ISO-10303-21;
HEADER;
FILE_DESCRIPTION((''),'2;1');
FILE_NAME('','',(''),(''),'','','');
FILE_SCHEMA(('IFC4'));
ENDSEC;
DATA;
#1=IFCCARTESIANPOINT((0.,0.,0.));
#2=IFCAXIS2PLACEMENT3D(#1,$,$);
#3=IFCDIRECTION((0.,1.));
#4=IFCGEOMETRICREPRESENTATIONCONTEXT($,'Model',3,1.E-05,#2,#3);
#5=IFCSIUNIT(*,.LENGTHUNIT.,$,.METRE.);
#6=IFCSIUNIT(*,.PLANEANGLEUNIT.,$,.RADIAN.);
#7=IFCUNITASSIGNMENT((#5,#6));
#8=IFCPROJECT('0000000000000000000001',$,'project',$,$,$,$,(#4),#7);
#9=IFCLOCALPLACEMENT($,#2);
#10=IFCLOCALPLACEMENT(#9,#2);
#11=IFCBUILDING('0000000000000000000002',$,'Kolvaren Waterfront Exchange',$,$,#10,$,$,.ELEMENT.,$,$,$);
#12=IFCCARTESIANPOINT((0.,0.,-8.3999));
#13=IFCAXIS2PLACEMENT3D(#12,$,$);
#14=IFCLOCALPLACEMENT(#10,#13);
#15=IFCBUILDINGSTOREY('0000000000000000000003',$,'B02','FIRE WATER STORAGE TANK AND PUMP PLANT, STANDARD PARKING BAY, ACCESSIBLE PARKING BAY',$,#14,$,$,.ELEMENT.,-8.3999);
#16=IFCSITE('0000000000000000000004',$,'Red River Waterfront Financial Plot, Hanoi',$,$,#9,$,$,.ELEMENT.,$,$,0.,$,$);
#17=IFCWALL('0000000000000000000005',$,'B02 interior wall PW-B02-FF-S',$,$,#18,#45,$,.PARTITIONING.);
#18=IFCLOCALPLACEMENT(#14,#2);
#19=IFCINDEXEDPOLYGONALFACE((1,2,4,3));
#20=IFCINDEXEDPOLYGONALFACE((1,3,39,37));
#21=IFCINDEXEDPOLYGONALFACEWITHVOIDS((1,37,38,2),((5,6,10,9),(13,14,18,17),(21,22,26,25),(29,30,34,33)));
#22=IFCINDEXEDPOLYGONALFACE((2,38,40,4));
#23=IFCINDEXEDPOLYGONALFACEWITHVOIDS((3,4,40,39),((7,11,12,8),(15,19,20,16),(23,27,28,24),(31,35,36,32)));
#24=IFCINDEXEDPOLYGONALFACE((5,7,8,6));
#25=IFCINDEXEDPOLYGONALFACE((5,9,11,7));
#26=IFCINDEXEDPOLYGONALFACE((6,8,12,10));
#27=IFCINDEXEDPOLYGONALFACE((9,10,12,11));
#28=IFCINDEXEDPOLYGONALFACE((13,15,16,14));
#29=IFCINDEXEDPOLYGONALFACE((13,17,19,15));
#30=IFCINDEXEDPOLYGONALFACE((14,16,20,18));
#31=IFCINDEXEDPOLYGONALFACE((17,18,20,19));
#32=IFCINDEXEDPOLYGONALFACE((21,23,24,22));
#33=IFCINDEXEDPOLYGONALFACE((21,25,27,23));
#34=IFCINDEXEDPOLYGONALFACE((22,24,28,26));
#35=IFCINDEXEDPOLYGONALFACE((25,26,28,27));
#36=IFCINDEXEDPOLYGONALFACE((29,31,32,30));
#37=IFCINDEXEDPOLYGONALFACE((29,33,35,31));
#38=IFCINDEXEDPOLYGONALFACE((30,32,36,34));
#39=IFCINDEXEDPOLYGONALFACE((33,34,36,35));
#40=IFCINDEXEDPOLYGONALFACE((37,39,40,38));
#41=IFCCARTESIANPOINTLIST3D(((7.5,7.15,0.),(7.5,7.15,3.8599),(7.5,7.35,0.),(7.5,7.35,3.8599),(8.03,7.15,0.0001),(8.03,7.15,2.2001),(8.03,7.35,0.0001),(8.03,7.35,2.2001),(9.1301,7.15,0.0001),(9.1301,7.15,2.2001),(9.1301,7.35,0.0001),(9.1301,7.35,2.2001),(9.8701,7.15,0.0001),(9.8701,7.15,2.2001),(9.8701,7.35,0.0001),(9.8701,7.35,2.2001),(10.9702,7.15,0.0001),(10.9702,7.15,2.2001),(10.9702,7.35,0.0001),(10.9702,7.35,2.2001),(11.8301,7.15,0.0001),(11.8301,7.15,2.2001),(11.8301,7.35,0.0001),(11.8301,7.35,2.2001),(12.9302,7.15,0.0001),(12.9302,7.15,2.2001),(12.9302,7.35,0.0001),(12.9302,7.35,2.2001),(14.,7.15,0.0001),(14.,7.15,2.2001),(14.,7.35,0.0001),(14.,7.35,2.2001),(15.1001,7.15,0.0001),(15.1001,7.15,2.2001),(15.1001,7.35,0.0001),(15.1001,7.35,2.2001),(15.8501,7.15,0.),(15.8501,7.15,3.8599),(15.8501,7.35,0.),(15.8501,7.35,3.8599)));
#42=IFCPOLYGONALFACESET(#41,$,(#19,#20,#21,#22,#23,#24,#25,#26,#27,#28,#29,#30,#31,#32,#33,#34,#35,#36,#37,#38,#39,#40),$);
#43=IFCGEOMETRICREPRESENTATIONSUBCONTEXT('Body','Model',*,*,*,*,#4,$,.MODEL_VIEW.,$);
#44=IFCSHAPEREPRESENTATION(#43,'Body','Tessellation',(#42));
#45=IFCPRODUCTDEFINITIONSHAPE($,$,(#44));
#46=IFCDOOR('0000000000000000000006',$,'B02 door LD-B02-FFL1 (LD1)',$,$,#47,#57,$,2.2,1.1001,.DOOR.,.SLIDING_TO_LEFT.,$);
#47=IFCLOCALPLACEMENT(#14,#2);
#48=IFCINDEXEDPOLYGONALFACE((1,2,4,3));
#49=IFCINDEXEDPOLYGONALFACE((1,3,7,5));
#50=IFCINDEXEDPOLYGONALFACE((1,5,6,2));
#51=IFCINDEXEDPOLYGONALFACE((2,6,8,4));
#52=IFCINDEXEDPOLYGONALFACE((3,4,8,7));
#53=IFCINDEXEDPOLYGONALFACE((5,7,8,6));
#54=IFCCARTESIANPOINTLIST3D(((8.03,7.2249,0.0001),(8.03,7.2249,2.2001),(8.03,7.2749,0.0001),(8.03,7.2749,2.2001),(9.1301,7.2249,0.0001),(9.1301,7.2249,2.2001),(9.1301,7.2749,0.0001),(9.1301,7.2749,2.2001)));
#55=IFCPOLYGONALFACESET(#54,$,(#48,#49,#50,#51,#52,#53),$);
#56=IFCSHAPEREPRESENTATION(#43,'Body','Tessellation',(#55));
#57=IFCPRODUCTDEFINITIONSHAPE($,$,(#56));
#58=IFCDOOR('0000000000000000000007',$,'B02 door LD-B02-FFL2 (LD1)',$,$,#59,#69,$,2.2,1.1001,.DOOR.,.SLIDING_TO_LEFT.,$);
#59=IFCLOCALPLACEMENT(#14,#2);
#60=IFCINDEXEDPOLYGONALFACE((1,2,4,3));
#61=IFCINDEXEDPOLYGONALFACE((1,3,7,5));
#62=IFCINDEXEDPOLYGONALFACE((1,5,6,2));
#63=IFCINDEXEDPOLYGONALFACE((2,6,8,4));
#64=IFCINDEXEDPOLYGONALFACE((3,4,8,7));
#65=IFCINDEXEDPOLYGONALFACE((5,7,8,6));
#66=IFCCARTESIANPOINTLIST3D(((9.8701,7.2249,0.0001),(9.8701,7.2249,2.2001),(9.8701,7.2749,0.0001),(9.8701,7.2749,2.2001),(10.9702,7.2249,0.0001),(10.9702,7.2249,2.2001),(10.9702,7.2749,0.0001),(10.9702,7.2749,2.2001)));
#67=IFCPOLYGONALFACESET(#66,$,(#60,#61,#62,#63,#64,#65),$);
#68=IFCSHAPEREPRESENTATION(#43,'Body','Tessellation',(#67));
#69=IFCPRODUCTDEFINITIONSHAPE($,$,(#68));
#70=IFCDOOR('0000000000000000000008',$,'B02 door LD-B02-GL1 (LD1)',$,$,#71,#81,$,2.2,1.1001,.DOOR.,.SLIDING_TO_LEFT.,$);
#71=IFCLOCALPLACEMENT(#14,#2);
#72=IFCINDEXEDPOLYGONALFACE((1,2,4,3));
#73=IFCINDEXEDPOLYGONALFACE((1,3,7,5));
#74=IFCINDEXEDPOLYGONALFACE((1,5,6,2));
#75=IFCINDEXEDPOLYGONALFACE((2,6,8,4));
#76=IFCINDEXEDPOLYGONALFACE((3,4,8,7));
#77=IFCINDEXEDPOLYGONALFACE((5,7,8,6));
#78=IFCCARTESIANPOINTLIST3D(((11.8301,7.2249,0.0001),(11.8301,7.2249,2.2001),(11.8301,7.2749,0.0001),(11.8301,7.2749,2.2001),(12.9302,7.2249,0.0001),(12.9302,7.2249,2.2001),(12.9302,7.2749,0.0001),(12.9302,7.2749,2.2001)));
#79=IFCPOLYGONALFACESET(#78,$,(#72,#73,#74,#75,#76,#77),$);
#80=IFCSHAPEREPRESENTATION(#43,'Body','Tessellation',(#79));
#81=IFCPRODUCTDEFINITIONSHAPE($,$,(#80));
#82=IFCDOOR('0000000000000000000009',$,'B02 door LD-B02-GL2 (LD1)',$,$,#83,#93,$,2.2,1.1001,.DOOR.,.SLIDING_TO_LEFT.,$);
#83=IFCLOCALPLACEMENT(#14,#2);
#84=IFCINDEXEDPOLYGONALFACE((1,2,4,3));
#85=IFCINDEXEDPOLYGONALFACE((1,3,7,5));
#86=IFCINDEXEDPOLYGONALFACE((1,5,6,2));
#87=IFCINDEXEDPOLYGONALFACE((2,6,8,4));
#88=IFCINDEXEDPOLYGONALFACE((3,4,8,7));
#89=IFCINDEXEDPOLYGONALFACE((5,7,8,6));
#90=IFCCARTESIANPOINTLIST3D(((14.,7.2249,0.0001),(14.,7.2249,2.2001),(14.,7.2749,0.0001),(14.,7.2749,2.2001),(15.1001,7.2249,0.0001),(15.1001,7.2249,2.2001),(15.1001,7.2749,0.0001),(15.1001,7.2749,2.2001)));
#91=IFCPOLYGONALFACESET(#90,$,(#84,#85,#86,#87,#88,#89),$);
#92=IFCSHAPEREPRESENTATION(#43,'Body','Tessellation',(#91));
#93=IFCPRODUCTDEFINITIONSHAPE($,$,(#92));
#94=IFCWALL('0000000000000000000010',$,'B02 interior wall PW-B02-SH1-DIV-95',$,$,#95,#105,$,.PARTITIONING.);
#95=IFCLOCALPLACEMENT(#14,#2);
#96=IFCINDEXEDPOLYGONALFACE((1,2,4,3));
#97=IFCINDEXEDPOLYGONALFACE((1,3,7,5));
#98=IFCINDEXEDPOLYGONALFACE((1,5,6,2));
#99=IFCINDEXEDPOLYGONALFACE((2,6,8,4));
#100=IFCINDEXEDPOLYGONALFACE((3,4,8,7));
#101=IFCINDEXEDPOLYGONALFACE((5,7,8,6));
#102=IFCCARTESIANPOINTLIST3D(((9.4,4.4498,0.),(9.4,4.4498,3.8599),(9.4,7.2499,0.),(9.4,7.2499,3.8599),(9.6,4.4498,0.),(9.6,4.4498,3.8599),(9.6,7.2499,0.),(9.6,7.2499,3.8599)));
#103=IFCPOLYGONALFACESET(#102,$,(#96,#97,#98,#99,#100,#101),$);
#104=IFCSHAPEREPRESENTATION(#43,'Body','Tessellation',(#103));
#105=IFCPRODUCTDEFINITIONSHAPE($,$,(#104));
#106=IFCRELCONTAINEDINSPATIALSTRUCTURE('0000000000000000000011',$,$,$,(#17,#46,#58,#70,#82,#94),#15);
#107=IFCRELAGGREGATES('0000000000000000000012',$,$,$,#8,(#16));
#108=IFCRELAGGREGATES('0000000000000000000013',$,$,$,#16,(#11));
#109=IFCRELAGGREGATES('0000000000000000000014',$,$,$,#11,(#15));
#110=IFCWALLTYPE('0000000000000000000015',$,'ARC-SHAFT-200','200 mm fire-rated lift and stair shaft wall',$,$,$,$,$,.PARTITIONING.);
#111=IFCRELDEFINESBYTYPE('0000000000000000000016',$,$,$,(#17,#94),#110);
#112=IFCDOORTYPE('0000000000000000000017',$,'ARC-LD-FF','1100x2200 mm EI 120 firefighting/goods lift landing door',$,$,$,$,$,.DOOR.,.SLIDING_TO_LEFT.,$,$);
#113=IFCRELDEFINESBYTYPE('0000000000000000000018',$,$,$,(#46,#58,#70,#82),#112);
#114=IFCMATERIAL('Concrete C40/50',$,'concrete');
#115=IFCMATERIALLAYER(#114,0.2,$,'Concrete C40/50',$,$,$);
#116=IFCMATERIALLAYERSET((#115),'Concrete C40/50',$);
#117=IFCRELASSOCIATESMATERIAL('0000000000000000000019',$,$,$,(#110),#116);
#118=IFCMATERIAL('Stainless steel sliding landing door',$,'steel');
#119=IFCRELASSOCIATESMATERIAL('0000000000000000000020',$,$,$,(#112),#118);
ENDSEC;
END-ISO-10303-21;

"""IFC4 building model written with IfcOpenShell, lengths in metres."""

from ifc_helpers import new_model, si_unit, direction, frame, frame_2d, origin, place, context, subcontext, project, spatial, rectangle, extrude, material, layer, layer_set, type_object, element, fill, save


model = new_model("IFC4")

# Units and contexts
model_context = context("Model", 3, precision=1e-05, world=origin(), true_north=direction((0.0, 1.0)))
body_context = subcontext(model_context, "Body", "Model", "MODEL_VIEW")
ifc_project = project(units=[si_unit("LENGTHUNIT", "METRE"), si_unit("PLANEANGLEUNIT", "RADIAN")], contexts=[model_context])

# Site, building, storey
site_placement = place(None, origin())
site = spatial("IfcSite", under=ifc_project, at=site_placement, Name="Red River Waterfront Financial Plot, Hanoi", CompositionType="ELEMENT", RefElevation=0.0)
building_placement = place(site_placement, origin())
building = spatial("IfcBuilding", under=site, at=building_placement, Name="Kolvaren Waterfront Exchange", CompositionType="ELEMENT")
storey_placement = place(building_placement, frame((0.0, 0.0, -8.3999)))
storey = spatial("IfcBuildingStorey", under=building, at=storey_placement, Name="B02", Description="FIRE WATER STORAGE TANK AND PUMP PLANT, STANDARD PARKING BAY, ACCESSIBLE PARKING BAY", CompositionType="ELEMENT", Elevation=-8.3999)

# Wall, openings, doors
ifc_material_1 = material(Name="Concrete C40/50", Category="concrete")
ifc_layer_1 = layer(ifc_material_1, 0.2, Name="Concrete C40/50")
ifc_layer_set_1 = layer_set([ifc_layer_1], Name="Concrete C40/50")
wall_type_1 = type_object("IfcWallType", Name="ARC-SHAFT-200", Description="200 mm fire-rated lift and stair shaft wall", PredefinedType="PARTITIONING", material=ifc_layer_set_1)
wall_1_placement = place(storey_placement, frame((7.5, 7.25, 0.0), z_axis=(0.0, 0.0, 1.0), x_axis=(1.0, 0.0, 0.0)))
wall_1 = element("IfcWall", 1, at=wall_1_placement, inside=storey, type_object=wall_type_1, Name="B02 interior wall PW-B02-FF-S", PredefinedType="PARTITIONING", context=body_context, shape_type="SweptSolid", body=[
    extrude(rectangle(XDim=8.3501, YDim=0.2, at=frame_2d((4.175, 0.0))), origin(), (0.0, 0.0, 1.0), 3.8599),
])
opening_1_placement = place(wall_1_placement, frame((0.53, 0.0, 0.0)))
opening_1 = element("IfcOpeningElement", 2, at=opening_1_placement, cuts=wall_1, PredefinedType="OPENING", context=body_context, shape_type="SweptSolid", body=[
    extrude(rectangle(XDim=1.1001, YDim=2.2, at=frame_2d((0.55, 1.1001))), frame((0.0, 0.1099, 0.0), z_axis=(0.0, -1.0, 0.0), x_axis=(1.0, 0.0, 0.0)), (0.0, 0.0, 1.0), 0.22),
])
opening_2_placement = place(wall_1_placement, frame((2.3701, 0.0, 0.0)))
opening_2 = element("IfcOpeningElement", 3, at=opening_2_placement, cuts=wall_1, PredefinedType="OPENING", context=body_context, shape_type="SweptSolid", body=[
    extrude(rectangle(XDim=1.1001, YDim=2.2, at=frame_2d((0.55, 1.1001))), frame((0.0, 0.1099, 0.0), z_axis=(0.0, -1.0, 0.0), x_axis=(1.0, 0.0, 0.0)), (0.0, 0.0, 1.0), 0.22),
])
opening_3_placement = place(wall_1_placement, frame((4.3301, 0.0, 0.0)))
opening_3 = element("IfcOpeningElement", 4, at=opening_3_placement, cuts=wall_1, PredefinedType="OPENING", context=body_context, shape_type="SweptSolid", body=[
    extrude(rectangle(XDim=1.1001, YDim=2.2, at=frame_2d((0.55, 1.1001))), frame((0.0, 0.1099, 0.0), z_axis=(0.0, -1.0, 0.0), x_axis=(1.0, 0.0, 0.0)), (0.0, 0.0, 1.0), 0.22),
])
opening_4_placement = place(wall_1_placement, frame((6.5, 0.0, 0.0)))
opening_4 = element("IfcOpeningElement", 5, at=opening_4_placement, cuts=wall_1, PredefinedType="OPENING", context=body_context, shape_type="SweptSolid", body=[
    extrude(rectangle(XDim=1.1001, YDim=2.2, at=frame_2d((0.55, 1.1001))), frame((0.0, 0.1099, 0.0), z_axis=(0.0, -1.0, 0.0), x_axis=(1.0, 0.0, 0.0)), (0.0, 0.0, 1.0), 0.22),
])
ifc_material_2 = material(Name="Stainless steel sliding landing door", Category="steel")
door_type_1 = type_object("IfcDoorType", Name="ARC-LD-FF", Description="1100x2200 mm EI 120 firefighting/goods lift landing door", OperationType="SLIDING_TO_LEFT", PredefinedType="DOOR", material=ifc_material_2)
door_1_placement = place(opening_1_placement, origin())
door_1 = element("IfcDoor", 6, at=door_1_placement, inside=storey, type_object=door_type_1, Name="B02 door LD-B02-FFL1 (LD1)", OperationType="SLIDING_TO_LEFT", OverallHeight=2.2, OverallWidth=1.1001, PredefinedType="DOOR", context=body_context, shape_type="SweptSolid", body=[
    extrude(rectangle(XDim=1.1001, YDim=2.2, at=frame_2d((0.55, 1.1001))), frame((0.0, 0.0249, 0.0), z_axis=(0.0, -1.0, 0.0), x_axis=(1.0, 0.0, 0.0)), (0.0, 0.0, 1.0), 0.05),
])
fill(opening_1, door_1)
door_2_placement = place(opening_2_placement, origin())
door_2 = element("IfcDoor", 7, at=door_2_placement, inside=storey, type_object=door_type_1, Name="B02 door LD-B02-FFL2 (LD1)", OperationType="SLIDING_TO_LEFT", OverallHeight=2.2, OverallWidth=1.1001, PredefinedType="DOOR", context=body_context, shape_type="SweptSolid", body=[
    extrude(rectangle(XDim=1.1001, YDim=2.2, at=frame_2d((0.55, 1.1001))), frame((0.0, 0.0249, 0.0), z_axis=(0.0, -1.0, 0.0), x_axis=(1.0, 0.0, 0.0)), (0.0, 0.0, 1.0), 0.05),
])
fill(opening_2, door_2)
door_3_placement = place(opening_3_placement, origin())
door_3 = element("IfcDoor", 8, at=door_3_placement, inside=storey, type_object=door_type_1, Name="B02 door LD-B02-GL1 (LD1)", OperationType="SLIDING_TO_LEFT", OverallHeight=2.2, OverallWidth=1.1001, PredefinedType="DOOR", context=body_context, shape_type="SweptSolid", body=[
    extrude(rectangle(XDim=1.1001, YDim=2.2, at=frame_2d((0.55, 1.1001))), frame((0.0, 0.0249, 0.0), z_axis=(0.0, -1.0, 0.0), x_axis=(1.0, 0.0, 0.0)), (0.0, 0.0, 1.0), 0.05),
])
fill(opening_3, door_3)
door_4_placement = place(opening_4_placement, origin())
door_4 = element("IfcDoor", 9, at=door_4_placement, inside=storey, type_object=door_type_1, Name="B02 door LD-B02-GL2 (LD1)", OperationType="SLIDING_TO_LEFT", OverallHeight=2.2, OverallWidth=1.1001, PredefinedType="DOOR", context=body_context, shape_type="SweptSolid", body=[
    extrude(rectangle(XDim=1.1001, YDim=2.2, at=frame_2d((0.55, 1.1001))), frame((0.0, 0.0249, 0.0), z_axis=(0.0, -1.0, 0.0), x_axis=(1.0, 0.0, 0.0)), (0.0, 0.0, 1.0), 0.05),
])
fill(opening_4, door_4)

# Wall
wall_2_placement = place(storey_placement, frame((9.5, 4.45, 0.0), z_axis=(0.0, 0.0, 1.0), x_axis=(0.0, 1.0, 0.0)))
element("IfcWall", 10, at=wall_2_placement, inside=storey, type_object=wall_type_1, Name="B02 interior wall PW-B02-SH1-DIV-95", PredefinedType="PARTITIONING", context=body_context, shape_type="SweptSolid", body=[
    extrude(rectangle(XDim=2.8, YDim=0.2, at=frame_2d((1.3999, 0.0))), origin(), (0.0, 0.0, 1.0), 3.8599),
])

save(model, "model.ifc")
